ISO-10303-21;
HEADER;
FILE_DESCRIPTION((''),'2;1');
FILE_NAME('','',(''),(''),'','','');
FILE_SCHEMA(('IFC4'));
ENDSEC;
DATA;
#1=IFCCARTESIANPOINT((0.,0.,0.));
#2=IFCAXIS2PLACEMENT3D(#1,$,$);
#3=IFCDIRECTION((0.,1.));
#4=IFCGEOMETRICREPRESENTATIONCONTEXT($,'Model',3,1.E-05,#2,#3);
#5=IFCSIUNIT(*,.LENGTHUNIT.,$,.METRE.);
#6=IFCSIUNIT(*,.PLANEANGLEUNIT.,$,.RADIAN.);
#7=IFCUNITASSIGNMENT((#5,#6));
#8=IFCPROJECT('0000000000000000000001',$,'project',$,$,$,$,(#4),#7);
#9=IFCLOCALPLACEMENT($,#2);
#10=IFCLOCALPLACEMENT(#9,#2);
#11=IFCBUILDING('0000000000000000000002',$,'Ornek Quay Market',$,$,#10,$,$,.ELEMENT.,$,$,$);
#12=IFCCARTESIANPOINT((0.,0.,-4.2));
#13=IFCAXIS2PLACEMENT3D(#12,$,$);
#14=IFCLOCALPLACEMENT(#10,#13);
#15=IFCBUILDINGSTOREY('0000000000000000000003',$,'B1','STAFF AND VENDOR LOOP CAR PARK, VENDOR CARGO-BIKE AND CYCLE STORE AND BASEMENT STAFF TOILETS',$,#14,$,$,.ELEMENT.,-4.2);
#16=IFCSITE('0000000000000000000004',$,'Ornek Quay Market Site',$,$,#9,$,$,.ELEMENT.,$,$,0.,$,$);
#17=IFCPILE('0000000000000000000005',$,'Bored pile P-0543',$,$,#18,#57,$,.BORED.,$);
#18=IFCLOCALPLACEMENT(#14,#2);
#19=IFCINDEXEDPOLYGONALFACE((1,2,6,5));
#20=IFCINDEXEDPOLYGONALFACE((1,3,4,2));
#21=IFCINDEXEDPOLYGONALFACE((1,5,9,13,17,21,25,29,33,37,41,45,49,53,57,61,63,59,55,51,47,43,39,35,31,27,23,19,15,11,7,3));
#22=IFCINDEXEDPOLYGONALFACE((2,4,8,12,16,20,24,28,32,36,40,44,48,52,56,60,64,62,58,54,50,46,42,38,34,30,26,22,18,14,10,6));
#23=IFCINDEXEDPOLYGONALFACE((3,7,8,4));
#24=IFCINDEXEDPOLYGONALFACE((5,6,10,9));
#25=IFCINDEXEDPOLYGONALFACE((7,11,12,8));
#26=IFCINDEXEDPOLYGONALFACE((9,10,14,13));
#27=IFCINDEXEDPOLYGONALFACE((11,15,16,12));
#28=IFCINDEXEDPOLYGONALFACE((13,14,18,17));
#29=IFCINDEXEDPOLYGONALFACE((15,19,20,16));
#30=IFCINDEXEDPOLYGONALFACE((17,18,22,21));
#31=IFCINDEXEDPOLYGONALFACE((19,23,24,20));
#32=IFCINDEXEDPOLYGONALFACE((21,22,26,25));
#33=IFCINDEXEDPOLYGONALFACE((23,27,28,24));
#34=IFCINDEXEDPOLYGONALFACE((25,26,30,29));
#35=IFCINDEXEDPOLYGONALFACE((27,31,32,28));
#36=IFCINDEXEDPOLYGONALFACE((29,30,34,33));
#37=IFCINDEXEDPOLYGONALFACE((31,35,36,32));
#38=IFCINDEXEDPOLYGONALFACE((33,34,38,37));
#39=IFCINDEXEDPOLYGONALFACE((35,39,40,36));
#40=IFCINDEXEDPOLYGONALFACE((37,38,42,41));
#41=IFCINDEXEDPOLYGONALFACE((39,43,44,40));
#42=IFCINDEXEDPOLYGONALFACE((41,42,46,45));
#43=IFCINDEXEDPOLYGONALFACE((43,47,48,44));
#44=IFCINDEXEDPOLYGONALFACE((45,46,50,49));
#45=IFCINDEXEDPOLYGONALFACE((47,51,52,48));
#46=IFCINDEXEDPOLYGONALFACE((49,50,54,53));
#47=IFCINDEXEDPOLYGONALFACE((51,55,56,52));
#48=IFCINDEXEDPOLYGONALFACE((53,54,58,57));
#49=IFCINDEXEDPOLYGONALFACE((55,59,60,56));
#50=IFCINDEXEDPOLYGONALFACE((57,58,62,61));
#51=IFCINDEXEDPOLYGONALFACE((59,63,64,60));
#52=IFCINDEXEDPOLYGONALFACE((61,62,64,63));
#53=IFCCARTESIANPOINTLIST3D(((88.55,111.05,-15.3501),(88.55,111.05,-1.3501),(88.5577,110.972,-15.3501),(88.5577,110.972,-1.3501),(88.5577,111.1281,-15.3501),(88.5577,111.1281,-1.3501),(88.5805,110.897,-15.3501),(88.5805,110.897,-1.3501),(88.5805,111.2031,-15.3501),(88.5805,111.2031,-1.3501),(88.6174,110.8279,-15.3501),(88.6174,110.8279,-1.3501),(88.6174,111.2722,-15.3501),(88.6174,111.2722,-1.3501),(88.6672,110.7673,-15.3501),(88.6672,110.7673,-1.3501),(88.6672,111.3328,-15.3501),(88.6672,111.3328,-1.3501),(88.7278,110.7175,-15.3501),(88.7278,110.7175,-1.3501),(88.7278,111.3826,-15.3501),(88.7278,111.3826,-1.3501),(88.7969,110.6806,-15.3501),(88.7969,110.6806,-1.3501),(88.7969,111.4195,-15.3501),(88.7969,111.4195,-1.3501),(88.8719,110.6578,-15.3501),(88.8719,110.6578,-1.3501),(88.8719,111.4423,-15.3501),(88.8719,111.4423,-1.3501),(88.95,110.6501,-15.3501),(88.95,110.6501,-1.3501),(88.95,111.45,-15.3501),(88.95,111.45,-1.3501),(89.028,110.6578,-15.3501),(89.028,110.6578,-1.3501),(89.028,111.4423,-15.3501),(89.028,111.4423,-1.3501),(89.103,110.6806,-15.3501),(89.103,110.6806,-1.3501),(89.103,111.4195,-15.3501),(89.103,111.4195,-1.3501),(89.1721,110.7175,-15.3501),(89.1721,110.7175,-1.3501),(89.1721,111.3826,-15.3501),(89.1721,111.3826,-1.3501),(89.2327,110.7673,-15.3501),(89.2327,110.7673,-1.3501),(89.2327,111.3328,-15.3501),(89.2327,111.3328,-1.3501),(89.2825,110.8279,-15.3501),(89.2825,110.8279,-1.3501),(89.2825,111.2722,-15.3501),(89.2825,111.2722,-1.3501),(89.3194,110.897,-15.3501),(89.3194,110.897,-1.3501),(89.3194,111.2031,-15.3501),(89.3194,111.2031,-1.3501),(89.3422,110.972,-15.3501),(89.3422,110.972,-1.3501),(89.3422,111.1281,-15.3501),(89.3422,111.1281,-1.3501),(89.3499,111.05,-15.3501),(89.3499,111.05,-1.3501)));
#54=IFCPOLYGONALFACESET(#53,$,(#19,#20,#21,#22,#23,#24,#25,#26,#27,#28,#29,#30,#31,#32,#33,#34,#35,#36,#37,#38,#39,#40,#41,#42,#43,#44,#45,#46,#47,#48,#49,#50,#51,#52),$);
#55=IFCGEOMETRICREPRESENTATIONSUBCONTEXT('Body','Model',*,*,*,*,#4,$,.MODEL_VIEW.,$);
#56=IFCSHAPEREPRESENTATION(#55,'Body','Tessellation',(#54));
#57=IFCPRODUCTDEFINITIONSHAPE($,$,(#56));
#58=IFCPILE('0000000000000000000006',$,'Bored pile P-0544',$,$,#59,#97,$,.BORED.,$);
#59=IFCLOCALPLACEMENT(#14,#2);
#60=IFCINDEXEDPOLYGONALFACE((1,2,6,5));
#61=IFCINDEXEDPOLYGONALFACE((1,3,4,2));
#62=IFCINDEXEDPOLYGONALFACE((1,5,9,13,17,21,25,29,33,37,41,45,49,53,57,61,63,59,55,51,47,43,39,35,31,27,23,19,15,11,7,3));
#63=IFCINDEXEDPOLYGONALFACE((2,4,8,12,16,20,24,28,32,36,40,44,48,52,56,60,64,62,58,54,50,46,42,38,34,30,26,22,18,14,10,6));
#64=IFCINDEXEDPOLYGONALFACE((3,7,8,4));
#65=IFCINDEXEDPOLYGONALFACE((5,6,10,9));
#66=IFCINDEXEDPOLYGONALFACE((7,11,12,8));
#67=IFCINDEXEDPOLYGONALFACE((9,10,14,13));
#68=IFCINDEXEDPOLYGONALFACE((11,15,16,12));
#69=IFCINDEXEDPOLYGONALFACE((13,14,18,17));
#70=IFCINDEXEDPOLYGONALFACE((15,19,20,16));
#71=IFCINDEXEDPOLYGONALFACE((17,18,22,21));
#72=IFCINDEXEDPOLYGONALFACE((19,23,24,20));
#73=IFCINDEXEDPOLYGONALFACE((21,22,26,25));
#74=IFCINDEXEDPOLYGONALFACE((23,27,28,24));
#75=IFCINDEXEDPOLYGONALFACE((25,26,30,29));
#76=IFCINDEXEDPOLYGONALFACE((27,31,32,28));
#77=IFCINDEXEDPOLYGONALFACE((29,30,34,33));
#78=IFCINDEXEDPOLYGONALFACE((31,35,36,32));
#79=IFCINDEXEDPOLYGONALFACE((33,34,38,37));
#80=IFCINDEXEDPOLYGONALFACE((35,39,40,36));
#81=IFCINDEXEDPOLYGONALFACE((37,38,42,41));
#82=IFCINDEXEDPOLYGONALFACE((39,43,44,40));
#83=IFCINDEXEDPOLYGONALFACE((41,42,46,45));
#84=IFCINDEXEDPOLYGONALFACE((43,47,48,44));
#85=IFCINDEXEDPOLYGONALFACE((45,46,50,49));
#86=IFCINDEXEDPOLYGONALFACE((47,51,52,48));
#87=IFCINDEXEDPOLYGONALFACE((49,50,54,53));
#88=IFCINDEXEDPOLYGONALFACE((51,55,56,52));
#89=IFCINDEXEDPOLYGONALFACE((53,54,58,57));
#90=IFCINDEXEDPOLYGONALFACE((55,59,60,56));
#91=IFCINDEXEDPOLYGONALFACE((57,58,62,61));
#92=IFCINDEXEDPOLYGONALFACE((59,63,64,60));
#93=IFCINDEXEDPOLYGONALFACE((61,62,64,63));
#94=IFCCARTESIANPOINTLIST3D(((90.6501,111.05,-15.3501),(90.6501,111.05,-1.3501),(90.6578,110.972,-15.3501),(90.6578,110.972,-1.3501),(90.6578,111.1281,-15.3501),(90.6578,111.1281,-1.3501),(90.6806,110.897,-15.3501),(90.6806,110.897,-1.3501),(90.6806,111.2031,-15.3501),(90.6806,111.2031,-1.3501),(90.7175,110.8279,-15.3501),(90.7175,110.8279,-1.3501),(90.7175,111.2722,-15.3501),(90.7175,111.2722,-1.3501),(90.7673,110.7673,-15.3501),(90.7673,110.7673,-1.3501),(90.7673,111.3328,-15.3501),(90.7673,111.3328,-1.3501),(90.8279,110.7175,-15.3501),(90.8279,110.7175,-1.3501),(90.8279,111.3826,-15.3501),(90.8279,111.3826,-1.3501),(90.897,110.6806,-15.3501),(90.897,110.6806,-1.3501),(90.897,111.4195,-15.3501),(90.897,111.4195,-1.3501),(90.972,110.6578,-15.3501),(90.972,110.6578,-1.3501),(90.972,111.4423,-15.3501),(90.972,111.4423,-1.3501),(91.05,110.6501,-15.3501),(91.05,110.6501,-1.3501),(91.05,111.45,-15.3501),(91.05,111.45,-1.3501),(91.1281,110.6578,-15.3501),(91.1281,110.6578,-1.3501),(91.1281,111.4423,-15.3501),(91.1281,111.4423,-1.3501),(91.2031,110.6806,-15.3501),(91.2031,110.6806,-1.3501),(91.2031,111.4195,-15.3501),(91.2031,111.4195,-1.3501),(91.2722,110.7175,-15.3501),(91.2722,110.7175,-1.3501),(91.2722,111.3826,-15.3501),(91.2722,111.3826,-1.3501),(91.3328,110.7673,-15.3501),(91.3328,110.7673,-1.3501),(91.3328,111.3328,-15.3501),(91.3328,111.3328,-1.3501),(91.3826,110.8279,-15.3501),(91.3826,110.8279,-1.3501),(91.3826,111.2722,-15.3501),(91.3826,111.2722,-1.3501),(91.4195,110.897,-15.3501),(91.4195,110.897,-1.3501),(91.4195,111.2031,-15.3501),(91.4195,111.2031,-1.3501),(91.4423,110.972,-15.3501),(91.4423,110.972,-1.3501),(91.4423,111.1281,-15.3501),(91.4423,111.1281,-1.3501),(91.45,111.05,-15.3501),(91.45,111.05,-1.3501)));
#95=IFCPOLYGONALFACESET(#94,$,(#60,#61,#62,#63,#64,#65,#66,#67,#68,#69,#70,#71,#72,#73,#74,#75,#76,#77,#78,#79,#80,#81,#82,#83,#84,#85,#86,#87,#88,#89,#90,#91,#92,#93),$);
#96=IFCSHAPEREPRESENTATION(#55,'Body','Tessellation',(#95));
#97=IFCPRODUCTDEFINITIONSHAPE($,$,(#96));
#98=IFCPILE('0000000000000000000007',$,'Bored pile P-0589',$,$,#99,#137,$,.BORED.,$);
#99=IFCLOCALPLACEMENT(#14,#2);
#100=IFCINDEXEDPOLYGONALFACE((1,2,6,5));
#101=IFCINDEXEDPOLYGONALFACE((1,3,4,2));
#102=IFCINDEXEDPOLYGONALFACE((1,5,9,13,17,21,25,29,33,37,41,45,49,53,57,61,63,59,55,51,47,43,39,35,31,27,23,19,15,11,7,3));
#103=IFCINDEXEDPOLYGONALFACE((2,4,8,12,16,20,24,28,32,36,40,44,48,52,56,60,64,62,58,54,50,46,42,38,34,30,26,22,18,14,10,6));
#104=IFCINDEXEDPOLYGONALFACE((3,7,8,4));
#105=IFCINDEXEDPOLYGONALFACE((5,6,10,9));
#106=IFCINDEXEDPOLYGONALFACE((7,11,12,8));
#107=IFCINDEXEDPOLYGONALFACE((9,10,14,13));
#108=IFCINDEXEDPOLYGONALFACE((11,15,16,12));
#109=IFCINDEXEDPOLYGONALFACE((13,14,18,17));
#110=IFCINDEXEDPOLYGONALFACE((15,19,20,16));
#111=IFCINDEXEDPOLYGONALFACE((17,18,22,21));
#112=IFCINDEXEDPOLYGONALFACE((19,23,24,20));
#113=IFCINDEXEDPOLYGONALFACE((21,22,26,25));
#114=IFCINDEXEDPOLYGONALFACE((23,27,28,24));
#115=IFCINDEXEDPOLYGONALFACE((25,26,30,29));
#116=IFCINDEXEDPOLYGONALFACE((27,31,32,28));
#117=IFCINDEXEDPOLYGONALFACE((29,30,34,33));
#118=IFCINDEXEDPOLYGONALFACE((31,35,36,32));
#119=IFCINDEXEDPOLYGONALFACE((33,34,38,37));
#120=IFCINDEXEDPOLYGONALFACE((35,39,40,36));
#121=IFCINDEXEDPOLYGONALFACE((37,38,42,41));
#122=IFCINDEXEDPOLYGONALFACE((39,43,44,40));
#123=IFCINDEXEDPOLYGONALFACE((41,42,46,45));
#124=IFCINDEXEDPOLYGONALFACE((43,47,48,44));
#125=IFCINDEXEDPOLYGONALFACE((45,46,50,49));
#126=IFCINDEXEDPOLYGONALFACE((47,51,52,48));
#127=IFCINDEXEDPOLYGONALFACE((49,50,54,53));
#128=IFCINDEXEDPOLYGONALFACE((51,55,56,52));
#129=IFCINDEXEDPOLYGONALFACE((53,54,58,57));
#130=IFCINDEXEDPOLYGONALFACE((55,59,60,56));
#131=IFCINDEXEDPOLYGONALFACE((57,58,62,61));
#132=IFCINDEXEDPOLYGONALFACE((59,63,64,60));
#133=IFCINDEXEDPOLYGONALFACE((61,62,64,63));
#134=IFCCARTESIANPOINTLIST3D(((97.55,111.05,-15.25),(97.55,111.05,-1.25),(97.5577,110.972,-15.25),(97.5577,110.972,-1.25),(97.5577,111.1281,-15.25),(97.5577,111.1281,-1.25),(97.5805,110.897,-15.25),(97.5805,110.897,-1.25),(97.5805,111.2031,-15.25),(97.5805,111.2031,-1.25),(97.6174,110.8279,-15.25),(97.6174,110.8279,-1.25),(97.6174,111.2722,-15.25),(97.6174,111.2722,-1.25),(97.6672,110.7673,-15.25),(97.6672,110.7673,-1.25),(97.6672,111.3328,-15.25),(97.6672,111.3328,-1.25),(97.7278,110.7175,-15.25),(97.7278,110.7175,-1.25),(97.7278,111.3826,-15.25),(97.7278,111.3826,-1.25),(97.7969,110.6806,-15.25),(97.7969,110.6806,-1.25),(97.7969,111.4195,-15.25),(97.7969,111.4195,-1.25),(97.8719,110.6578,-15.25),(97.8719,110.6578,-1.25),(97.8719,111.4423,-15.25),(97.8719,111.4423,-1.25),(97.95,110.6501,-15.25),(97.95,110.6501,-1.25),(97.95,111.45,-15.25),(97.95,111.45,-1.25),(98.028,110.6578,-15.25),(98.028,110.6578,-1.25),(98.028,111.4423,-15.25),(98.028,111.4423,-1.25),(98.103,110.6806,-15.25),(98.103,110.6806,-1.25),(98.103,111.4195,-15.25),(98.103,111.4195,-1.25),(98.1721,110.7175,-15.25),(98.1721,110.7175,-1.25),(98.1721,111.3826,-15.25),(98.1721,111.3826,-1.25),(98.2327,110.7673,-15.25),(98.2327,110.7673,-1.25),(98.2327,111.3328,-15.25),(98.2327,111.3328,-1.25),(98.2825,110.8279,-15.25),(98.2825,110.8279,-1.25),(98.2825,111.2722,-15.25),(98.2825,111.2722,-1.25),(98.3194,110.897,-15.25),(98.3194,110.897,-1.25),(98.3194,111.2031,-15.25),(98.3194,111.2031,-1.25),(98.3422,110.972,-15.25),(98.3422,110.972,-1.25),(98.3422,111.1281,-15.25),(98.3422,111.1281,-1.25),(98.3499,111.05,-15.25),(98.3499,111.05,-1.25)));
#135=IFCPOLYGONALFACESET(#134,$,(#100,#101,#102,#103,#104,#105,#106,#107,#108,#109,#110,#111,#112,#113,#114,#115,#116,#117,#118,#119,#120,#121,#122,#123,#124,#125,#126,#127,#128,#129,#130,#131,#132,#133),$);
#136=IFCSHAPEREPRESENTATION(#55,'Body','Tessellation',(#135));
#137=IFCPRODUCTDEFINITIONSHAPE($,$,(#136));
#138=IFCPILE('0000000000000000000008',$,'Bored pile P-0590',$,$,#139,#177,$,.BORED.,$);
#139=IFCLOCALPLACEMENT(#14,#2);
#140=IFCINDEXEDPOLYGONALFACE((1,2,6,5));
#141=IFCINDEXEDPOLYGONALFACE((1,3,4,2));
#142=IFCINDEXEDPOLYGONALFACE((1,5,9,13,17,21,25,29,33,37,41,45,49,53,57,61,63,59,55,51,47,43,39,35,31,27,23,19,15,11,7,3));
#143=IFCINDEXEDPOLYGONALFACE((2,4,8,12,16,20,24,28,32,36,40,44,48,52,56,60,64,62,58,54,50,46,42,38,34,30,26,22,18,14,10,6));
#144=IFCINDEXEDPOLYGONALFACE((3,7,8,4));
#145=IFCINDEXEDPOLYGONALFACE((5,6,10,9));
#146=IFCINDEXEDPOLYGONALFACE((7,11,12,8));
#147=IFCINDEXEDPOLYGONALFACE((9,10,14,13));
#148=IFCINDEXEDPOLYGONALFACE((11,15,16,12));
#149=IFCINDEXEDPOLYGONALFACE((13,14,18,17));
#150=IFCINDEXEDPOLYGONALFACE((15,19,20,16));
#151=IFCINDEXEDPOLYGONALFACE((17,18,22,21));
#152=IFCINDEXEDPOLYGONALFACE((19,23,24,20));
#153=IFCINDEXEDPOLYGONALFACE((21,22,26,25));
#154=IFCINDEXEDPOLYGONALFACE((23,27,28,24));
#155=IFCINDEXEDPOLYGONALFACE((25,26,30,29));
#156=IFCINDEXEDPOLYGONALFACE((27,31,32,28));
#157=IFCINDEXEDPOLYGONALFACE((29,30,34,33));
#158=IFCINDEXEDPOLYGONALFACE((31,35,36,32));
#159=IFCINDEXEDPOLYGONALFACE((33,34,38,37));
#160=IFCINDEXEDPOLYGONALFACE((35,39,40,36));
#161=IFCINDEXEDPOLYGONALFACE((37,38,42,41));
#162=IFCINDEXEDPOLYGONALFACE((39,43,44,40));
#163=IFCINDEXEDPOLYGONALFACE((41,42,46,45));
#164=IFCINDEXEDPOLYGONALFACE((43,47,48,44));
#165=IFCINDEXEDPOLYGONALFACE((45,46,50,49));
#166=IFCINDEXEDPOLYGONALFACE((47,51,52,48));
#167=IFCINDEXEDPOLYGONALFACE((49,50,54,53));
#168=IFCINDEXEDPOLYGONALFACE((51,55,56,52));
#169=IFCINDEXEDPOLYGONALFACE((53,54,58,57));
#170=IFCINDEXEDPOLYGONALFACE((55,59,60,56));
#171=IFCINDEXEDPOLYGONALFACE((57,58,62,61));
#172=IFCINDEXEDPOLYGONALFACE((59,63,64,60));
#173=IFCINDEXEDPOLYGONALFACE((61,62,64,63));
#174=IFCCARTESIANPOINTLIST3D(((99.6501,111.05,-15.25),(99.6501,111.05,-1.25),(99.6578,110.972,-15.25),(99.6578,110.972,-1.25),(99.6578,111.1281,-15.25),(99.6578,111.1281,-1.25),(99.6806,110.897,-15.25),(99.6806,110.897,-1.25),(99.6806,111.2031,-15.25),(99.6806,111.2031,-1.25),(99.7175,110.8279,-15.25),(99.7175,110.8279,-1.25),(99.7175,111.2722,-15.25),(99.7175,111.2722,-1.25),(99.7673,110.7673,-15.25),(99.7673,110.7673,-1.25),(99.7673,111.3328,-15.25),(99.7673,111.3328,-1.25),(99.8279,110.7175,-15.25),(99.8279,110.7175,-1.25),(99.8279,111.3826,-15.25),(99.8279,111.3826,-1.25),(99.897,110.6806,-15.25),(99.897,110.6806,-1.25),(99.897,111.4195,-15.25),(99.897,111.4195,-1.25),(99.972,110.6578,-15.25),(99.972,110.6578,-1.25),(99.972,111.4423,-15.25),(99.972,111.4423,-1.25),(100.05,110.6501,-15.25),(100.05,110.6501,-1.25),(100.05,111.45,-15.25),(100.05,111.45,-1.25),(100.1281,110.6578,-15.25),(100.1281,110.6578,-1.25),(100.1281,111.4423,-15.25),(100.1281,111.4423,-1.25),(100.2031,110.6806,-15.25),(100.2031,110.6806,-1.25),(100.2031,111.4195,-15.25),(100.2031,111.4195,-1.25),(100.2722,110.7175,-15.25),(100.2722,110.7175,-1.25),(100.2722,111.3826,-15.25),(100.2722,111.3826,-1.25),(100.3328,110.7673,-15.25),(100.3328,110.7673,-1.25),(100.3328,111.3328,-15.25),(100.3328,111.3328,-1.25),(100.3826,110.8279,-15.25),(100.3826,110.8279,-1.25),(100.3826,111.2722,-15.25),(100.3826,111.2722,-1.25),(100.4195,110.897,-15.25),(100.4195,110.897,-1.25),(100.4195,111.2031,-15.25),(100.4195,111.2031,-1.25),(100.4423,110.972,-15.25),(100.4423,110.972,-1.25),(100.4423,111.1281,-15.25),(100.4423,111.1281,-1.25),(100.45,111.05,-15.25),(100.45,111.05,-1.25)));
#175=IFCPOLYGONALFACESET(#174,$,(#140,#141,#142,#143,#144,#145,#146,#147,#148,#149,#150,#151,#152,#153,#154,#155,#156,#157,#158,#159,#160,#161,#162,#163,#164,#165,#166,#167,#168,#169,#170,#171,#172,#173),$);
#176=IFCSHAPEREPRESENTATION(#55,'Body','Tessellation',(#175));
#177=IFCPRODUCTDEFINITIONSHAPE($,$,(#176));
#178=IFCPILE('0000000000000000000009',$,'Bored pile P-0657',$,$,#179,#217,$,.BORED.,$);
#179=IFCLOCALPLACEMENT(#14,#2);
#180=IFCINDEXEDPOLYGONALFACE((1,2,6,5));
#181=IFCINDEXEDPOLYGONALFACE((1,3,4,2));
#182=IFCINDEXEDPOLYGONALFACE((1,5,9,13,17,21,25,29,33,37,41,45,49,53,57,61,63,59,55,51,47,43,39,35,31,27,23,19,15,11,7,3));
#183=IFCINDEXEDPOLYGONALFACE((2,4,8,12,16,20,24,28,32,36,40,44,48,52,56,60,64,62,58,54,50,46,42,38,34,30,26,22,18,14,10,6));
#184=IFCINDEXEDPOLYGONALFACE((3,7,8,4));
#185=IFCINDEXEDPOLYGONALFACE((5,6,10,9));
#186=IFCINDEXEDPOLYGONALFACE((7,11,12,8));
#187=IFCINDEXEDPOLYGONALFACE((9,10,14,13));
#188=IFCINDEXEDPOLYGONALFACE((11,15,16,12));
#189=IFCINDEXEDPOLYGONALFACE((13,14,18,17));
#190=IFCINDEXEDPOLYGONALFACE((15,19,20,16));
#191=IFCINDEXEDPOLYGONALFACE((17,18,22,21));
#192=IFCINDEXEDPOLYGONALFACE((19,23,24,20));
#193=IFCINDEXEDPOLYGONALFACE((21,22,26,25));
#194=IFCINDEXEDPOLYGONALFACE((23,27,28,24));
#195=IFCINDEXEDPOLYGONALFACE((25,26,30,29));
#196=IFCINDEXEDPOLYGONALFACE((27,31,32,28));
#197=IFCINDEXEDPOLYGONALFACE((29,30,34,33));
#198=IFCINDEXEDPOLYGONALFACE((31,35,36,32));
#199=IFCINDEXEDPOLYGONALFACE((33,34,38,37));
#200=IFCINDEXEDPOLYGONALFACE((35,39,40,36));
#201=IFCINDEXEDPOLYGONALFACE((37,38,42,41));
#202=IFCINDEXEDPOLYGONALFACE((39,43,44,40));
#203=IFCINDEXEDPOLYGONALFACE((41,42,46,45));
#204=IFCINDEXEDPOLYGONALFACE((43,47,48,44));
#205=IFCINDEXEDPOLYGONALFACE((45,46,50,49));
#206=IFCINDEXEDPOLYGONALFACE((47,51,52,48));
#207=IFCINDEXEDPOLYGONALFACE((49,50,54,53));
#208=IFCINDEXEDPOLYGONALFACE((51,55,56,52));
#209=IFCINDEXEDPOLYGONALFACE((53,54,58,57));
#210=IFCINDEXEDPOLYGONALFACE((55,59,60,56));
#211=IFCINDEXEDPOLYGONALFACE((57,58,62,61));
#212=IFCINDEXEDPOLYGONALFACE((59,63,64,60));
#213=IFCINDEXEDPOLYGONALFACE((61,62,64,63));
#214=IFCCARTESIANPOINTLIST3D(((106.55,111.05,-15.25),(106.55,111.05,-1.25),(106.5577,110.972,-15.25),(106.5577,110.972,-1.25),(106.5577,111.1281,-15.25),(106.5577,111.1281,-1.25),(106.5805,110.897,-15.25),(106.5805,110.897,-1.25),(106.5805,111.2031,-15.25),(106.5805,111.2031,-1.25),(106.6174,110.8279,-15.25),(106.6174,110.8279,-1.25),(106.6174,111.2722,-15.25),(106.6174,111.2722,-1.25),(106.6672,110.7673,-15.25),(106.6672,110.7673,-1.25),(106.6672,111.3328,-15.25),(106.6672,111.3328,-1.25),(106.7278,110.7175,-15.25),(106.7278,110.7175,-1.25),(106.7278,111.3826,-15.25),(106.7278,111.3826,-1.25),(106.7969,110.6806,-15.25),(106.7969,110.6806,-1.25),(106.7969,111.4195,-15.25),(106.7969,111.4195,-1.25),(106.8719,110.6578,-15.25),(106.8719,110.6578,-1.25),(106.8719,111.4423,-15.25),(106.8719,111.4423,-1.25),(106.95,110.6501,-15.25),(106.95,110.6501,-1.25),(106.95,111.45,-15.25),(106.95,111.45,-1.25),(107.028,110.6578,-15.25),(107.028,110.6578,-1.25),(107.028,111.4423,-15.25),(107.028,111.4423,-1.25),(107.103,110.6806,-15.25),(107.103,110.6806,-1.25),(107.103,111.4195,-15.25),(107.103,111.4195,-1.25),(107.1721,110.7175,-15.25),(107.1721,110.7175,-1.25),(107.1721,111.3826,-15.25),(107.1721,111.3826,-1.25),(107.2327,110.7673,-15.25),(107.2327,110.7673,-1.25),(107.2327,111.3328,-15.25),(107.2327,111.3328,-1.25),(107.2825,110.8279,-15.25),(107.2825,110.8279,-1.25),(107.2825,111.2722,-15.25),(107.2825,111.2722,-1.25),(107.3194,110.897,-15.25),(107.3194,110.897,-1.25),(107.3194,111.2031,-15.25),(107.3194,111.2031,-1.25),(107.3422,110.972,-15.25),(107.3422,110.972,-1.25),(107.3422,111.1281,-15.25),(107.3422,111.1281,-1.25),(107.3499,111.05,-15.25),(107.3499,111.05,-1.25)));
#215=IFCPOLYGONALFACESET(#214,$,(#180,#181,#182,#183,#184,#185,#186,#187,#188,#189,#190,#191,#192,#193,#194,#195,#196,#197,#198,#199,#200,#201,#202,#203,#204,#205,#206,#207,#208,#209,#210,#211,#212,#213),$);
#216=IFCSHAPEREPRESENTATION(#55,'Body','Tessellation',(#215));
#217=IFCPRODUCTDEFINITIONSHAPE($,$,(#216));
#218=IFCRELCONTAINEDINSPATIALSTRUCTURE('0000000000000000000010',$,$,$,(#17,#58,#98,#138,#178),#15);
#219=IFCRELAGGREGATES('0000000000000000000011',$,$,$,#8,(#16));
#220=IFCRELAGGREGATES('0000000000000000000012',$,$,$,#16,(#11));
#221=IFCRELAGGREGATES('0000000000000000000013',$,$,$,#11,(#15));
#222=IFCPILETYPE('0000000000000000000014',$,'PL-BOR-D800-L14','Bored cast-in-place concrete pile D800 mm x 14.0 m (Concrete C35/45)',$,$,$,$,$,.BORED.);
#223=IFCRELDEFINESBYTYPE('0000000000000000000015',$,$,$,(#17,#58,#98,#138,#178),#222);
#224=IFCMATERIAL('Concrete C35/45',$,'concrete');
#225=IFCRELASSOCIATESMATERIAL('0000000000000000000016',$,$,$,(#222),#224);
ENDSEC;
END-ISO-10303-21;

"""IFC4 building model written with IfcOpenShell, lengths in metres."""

from ifc_helpers import new_model, si_unit, direction, frame, origin, origin_2d, place, context, subcontext, project, spatial, circle, extrude, material, material_profile, profile_set, type_object, element, save


model = new_model("IFC4")

# Units and contexts
model_context = context("Model", 3, precision=1e-05, world=origin(), true_north=direction((0.0, 1.0)))
body_context = subcontext(model_context, "Body", "Model", "MODEL_VIEW")
ifc_project = project(units=[si_unit("LENGTHUNIT", "METRE"), si_unit("PLANEANGLEUNIT", "RADIAN")], contexts=[model_context])

# Site, building, storey
site_placement = place(None, origin())
site = spatial("IfcSite", under=ifc_project, at=site_placement, Name="Ornek Quay Market Site", CompositionType="ELEMENT", RefElevation=0.0)
building_placement = place(site_placement, origin())
building = spatial("IfcBuilding", under=site, at=building_placement, Name="Ornek Quay Market", CompositionType="ELEMENT")
storey_placement = place(building_placement, frame((0.0, 0.0, -4.2)))
storey = spatial("IfcBuildingStorey", under=building, at=storey_placement, Name="B1", Description="STAFF AND VENDOR LOOP CAR PARK, VENDOR CARGO-BIKE AND CYCLE STORE AND BASEMENT STAFF TOILETS", CompositionType="ELEMENT", Elevation=-4.2)

# Piles
ifc_material_1 = material(Name="Concrete C35/45", Category="concrete")
ifc_material_profile_1 = material_profile(ifc_material_1, circle(Radius=0.3999, at=origin_2d()), Name="PILE D800", Category="concrete")
ifc_profile_set_1 = profile_set([ifc_material_profile_1], Name="Concrete C35/45")
pile_type_1 = type_object("IfcPileType", Name="PL-BOR-D800-L14", Description="Bored cast-in-place concrete pile D800 mm x 14.0 m (Concrete C35/45)", PredefinedType="BORED", material=ifc_profile_set_1)
for number, where, z_axis, x_axis, name in (
    (1, (88.95, 111.05, -1.3501), (0.0, 0.0, -1.0), (1.0, 0.0, 0.0), "Bored pile P-0543"),
    (2, (91.05, 111.05, -1.3501), (0.0, 0.0, -1.0), (1.0, 0.0, 0.0), "Bored pile P-0544"),
    (3, (97.95, 111.05, -1.25), (0.0, 0.0, -1.0), (1.0, 0.0, 0.0), "Bored pile P-0589"),
    (4, (100.05, 111.05, -1.25), (0.0, 0.0, -1.0), (1.0, 0.0, 0.0), "Bored pile P-0590"),
    (5, (106.95, 111.05, -1.25), (0.0, 0.0, -1.0), (1.0, 0.0, 0.0), "Bored pile P-0657"),
):
    element("IfcPile", number, at=place(storey_placement, frame(where, z_axis=z_axis, x_axis=x_axis)), inside=storey, type_object=pile_type_1, Name=name, PredefinedType="BORED", context=body_context, shape_type="SweptSolid", body=[
        extrude(circle(Radius=0.3999, at=origin_2d()), origin(), (0.0, 0.0, 1.0), 14.0),
    ])

save(model, "model.ifc")
